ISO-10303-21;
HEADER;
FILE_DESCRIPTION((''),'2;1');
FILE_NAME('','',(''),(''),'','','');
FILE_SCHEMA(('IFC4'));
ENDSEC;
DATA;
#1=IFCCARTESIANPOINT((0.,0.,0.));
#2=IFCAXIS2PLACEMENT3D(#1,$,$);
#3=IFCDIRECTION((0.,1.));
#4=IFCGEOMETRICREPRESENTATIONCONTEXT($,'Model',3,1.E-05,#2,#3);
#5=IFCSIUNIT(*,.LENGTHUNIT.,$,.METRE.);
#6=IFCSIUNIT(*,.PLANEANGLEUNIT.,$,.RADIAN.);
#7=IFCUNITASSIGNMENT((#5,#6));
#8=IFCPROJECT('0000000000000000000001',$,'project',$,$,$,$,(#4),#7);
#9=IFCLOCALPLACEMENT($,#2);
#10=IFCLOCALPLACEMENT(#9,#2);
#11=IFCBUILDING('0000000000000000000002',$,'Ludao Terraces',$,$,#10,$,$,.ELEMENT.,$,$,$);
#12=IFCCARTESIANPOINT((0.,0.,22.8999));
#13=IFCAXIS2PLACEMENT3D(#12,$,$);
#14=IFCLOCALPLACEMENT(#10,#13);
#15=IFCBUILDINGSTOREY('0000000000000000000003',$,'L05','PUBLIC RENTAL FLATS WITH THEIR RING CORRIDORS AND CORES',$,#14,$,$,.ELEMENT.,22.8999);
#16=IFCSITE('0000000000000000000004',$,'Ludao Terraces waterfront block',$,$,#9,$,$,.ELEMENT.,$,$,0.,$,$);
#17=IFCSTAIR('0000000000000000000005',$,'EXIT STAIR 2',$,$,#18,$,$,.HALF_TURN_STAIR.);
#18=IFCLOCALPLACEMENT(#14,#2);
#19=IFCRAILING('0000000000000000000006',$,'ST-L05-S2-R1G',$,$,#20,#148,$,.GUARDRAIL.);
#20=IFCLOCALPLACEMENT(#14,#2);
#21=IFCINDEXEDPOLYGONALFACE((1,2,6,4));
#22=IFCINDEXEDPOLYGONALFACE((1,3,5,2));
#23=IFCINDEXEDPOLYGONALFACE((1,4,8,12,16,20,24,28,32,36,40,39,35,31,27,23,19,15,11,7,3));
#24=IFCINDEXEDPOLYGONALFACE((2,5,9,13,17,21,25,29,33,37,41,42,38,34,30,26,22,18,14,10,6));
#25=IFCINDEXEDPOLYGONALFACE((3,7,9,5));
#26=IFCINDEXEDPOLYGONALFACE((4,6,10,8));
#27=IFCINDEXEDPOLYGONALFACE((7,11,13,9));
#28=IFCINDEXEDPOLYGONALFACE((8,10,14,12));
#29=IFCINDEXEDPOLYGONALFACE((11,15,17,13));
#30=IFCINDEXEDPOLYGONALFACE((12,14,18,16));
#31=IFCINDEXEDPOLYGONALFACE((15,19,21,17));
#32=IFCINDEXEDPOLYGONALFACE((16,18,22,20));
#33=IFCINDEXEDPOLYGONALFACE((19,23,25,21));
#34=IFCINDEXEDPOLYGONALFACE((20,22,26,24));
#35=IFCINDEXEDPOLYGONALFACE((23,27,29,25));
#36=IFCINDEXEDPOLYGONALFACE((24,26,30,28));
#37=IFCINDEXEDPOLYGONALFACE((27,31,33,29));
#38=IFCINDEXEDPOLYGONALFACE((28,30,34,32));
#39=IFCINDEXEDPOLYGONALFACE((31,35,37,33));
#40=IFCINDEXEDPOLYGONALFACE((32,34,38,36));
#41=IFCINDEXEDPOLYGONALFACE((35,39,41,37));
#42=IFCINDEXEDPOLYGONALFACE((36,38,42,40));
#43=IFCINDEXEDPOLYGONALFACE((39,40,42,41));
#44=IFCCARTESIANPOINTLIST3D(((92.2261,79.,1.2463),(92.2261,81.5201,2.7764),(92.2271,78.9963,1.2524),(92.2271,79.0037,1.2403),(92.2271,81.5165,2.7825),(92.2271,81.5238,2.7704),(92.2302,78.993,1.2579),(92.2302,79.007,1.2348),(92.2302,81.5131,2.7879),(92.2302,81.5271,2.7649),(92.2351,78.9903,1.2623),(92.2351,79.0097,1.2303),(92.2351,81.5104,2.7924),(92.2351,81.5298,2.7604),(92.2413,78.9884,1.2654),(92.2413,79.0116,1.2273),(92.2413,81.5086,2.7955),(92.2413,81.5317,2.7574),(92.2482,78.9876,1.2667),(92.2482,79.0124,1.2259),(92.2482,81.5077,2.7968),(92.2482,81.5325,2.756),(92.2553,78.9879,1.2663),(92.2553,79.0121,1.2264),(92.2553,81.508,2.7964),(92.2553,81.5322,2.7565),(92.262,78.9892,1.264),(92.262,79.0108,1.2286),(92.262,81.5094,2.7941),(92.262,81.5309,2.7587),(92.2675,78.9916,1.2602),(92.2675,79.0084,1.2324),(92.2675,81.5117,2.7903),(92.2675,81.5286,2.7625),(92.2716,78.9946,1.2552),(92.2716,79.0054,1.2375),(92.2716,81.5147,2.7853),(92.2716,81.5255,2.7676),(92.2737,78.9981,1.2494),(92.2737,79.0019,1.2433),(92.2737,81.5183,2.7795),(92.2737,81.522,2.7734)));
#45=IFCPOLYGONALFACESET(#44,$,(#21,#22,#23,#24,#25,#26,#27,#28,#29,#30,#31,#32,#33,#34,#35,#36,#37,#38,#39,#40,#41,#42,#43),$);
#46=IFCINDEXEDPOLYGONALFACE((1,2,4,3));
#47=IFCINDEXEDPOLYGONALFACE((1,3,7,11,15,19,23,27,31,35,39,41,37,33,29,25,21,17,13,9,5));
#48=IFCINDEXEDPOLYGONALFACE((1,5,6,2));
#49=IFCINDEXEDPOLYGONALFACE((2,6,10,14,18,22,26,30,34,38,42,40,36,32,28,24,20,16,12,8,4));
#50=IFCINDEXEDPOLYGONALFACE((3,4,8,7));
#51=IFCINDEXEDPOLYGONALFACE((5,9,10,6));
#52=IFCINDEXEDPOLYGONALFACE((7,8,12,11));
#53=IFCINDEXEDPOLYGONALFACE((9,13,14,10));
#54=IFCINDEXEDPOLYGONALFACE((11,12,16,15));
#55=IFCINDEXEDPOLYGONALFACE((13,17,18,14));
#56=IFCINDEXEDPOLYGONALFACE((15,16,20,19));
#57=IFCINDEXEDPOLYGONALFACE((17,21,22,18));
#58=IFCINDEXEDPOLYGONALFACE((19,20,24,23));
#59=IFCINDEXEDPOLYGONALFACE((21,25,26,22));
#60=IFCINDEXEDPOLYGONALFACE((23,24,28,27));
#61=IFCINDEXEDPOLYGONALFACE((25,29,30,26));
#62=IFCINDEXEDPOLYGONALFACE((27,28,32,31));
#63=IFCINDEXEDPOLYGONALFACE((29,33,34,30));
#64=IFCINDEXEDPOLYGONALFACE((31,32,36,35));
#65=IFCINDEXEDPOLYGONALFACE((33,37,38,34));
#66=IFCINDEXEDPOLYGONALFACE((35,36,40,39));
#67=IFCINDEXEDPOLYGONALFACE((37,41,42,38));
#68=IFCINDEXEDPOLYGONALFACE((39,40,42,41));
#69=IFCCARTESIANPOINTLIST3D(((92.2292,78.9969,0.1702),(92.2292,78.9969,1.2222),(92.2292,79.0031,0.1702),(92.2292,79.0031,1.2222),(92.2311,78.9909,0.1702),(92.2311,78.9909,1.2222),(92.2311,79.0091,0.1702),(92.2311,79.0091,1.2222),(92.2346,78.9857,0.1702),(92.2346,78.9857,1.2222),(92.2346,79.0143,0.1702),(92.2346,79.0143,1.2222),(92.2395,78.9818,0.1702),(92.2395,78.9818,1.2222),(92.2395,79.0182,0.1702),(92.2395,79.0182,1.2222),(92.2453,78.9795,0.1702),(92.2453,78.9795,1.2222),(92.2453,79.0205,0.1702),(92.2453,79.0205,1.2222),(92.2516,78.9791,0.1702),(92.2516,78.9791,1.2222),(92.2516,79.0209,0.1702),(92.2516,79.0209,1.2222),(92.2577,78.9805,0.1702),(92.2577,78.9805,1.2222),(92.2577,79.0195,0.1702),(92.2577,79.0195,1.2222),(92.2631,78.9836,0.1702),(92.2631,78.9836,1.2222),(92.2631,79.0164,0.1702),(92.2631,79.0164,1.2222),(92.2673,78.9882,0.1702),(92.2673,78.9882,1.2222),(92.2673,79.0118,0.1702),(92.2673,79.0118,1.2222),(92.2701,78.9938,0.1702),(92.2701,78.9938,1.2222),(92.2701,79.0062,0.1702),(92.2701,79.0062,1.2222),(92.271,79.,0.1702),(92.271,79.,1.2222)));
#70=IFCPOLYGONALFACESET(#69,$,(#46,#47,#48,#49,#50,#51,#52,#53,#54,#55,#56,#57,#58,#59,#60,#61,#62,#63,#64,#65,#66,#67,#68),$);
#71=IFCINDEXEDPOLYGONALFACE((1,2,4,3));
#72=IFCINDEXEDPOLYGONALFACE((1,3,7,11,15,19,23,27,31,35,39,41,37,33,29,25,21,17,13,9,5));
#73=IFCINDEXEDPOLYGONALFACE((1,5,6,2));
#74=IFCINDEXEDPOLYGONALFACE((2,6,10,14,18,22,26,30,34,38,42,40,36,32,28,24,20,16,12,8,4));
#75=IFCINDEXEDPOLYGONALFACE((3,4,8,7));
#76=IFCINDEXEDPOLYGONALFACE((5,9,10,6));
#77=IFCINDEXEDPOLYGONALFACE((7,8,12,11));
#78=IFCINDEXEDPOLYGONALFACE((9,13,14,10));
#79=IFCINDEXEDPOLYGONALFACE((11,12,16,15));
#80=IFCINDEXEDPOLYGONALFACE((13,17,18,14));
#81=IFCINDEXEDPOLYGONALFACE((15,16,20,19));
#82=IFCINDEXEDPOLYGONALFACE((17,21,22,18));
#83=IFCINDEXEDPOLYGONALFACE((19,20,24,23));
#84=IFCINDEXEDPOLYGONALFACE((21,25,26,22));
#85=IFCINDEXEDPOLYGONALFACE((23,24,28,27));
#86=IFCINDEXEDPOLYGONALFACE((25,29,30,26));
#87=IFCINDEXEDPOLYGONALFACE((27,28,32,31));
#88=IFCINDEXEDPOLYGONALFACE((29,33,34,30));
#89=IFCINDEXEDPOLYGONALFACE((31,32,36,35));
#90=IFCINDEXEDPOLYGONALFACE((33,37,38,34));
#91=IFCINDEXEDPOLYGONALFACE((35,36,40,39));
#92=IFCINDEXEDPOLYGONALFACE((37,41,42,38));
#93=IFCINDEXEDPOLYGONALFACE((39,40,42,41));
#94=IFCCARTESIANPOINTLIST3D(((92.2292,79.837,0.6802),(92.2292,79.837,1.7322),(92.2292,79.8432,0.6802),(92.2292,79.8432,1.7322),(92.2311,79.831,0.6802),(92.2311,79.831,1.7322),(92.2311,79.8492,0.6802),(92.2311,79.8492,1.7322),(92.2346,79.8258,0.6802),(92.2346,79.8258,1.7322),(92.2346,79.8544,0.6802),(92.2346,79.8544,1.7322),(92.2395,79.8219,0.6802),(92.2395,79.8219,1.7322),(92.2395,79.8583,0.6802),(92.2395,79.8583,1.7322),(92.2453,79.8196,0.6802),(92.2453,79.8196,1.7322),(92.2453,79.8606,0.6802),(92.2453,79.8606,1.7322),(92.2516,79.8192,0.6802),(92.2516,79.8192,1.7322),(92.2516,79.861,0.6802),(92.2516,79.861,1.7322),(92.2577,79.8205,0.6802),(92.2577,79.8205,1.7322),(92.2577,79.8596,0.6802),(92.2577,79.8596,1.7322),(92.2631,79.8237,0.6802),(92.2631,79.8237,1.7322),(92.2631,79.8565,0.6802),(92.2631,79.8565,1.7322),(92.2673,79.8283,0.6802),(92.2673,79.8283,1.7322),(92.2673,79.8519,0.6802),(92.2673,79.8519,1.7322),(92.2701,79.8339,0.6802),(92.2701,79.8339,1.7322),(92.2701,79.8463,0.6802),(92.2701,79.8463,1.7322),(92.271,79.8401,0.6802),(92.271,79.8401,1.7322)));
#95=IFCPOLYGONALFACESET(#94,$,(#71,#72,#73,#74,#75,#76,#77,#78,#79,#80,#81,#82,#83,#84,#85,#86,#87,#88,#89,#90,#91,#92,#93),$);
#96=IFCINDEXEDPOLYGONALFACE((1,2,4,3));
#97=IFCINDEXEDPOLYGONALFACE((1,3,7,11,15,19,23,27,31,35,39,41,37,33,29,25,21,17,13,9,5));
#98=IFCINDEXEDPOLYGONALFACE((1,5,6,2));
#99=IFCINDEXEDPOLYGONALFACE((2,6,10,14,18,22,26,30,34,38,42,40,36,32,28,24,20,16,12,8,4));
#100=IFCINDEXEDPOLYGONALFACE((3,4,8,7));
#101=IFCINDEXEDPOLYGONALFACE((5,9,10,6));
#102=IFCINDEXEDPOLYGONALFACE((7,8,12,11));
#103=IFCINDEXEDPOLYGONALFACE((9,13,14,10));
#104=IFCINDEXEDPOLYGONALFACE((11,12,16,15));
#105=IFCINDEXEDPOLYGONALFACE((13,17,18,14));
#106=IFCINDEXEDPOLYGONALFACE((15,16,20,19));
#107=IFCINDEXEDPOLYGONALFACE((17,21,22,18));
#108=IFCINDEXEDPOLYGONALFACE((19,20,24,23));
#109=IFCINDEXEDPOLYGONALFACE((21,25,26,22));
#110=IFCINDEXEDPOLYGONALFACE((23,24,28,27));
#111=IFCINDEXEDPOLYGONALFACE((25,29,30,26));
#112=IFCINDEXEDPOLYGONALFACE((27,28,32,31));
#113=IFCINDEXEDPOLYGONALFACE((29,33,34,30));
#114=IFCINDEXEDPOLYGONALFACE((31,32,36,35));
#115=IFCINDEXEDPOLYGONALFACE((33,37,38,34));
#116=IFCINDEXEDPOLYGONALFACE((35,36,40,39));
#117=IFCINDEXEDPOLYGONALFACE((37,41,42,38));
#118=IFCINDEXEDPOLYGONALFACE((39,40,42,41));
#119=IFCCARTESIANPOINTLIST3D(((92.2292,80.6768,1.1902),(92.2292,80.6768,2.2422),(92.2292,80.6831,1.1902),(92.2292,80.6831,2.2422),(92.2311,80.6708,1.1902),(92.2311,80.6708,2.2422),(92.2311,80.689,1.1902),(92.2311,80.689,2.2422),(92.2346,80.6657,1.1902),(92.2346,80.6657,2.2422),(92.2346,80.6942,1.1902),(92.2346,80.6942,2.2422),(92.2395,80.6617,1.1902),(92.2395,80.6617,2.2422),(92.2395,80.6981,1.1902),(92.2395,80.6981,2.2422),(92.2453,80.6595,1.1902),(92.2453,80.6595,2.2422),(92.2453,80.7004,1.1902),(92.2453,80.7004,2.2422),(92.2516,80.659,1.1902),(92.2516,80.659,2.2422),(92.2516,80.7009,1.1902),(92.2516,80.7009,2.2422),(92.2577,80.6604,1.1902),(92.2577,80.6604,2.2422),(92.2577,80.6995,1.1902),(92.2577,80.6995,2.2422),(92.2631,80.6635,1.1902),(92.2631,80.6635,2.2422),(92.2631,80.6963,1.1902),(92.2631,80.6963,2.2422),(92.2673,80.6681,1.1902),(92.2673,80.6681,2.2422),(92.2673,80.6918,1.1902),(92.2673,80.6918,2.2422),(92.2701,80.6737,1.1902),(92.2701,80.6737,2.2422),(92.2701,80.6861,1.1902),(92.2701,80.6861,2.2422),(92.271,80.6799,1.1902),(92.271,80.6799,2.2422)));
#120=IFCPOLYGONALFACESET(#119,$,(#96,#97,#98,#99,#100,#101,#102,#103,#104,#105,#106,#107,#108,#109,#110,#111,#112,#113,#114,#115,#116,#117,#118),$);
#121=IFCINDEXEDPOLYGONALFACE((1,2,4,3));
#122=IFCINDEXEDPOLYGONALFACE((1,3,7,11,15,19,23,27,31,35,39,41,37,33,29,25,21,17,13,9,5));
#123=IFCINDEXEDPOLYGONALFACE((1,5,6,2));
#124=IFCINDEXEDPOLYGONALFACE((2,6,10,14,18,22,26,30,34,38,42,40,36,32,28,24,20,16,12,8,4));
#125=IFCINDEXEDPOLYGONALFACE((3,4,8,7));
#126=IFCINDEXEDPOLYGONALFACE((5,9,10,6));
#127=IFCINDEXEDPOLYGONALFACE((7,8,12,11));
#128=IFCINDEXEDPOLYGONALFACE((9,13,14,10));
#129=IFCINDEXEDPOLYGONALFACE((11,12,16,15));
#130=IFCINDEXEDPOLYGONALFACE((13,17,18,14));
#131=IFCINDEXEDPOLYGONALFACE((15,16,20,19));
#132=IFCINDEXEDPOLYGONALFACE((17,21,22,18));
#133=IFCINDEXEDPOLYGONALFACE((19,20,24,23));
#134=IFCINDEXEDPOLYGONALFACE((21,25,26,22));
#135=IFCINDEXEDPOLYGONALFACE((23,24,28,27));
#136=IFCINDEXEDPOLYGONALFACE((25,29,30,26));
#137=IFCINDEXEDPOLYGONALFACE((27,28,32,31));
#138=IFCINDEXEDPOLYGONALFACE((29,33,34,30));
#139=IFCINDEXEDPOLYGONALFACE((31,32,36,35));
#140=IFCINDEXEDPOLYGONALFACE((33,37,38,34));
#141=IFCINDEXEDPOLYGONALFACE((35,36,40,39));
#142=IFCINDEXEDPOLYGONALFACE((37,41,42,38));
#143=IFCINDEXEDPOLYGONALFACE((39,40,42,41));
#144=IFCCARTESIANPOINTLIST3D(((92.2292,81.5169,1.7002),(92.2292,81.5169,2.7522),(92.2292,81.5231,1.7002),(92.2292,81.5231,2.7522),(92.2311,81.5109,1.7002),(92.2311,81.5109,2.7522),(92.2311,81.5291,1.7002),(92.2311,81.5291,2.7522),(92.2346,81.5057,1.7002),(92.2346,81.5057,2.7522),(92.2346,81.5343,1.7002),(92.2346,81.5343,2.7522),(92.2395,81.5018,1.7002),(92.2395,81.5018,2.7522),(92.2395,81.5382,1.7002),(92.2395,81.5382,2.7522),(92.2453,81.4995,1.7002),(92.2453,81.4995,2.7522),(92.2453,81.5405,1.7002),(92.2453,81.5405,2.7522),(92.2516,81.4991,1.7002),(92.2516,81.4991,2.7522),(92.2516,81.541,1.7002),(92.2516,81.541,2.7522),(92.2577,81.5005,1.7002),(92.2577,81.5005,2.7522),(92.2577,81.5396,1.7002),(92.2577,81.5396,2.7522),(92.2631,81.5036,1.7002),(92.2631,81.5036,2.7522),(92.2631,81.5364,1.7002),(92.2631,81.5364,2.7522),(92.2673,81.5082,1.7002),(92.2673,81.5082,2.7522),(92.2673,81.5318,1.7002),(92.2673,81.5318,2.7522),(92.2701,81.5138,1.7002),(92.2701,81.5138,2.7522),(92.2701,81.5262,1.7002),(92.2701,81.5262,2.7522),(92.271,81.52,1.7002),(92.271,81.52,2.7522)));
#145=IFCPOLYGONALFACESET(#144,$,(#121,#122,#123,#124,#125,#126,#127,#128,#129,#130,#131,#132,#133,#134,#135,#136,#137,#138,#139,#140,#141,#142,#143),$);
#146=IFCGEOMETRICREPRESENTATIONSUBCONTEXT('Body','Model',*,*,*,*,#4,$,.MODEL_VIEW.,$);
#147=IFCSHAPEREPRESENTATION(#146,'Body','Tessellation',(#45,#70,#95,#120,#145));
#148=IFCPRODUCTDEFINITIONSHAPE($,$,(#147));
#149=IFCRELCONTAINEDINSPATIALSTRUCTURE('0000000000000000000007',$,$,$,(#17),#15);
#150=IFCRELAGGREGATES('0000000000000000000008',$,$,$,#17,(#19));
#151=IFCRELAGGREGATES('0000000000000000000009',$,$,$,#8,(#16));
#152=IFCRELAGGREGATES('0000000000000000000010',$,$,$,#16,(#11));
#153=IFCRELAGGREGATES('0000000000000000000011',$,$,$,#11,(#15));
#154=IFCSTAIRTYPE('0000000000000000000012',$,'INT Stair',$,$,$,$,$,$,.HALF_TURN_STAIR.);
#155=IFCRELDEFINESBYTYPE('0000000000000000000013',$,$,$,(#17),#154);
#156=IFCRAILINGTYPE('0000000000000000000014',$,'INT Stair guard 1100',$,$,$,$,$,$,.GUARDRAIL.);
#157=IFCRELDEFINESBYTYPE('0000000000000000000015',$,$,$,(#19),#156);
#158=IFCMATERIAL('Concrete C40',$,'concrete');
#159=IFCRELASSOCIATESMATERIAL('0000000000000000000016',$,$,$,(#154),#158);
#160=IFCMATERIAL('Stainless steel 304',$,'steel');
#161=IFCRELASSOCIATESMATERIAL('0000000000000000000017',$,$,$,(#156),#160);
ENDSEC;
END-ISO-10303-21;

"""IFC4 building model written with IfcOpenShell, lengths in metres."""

from ifc_helpers import new_model, si_unit, direction, frame, origin, origin_2d, place, context, subcontext, project, spatial, circle, extrude, material, type_object, element, aggregate, save


model = new_model("IFC4")

# Units and contexts
model_context = context("Model", 3, precision=1e-05, world=origin(), true_north=direction((0.0, 1.0)))
body_context = subcontext(model_context, "Body", "Model", "MODEL_VIEW")
ifc_project = project(units=[si_unit("LENGTHUNIT", "METRE"), si_unit("PLANEANGLEUNIT", "RADIAN")], contexts=[model_context])

# Site, building, storey
site_placement = place(None, origin())
site = spatial("IfcSite", under=ifc_project, at=site_placement, Name="Ludao Terraces waterfront block", CompositionType="ELEMENT", RefElevation=0.0)
building_placement = place(site_placement, origin())
building = spatial("IfcBuilding", under=site, at=building_placement, Name="Ludao Terraces", CompositionType="ELEMENT")
storey_placement = place(building_placement, frame((0.0, 0.0, 22.8999)))
storey = spatial("IfcBuildingStorey", under=building, at=storey_placement, Name="L05", Description="PUBLIC RENTAL FLATS WITH THEIR RING CORRIDORS AND CORES", CompositionType="ELEMENT", Elevation=22.8999)

# Shared definitions
ifc_material_1 = material(Name="Stainless steel 304", Category="steel")

# Stair, railing
ifc_material_2 = material(Name="Concrete C40", Category="concrete")
stair_type = type_object("IfcStairType", Name="INT Stair", PredefinedType="HALF_TURN_STAIR", material=ifc_material_2)
stair_placement = place(storey_placement, origin())
stair = element("IfcStair", 1, at=stair_placement, inside=storey, type_object=stair_type, Name="EXIT STAIR 2", PredefinedType="HALF_TURN_STAIR")
railing_type_1 = type_object("IfcRailingType", Name="INT Stair guard 1100", PredefinedType="GUARDRAIL", material=ifc_material_1)
railing_1_placement = place(storey_placement, frame((92.25, 79.0, 0.1702)))
railing_1 = element("IfcRailing", 2, at=railing_1_placement, type_object=railing_type_1, Name="ST-L05-S2-R1G", PredefinedType="GUARDRAIL", context=body_context, shape_type="SweptSolid", body=[
    extrude(circle(Radius=0.0239, at=origin_2d()), frame((0.0, 0.0, 1.0762), z_axis=(0.0, 0.854785, 0.518982), x_axis=(-1.0, 0.0, 0.0)), (0.0, 0.0, 1.0), 2.9482),
    extrude(circle(Radius=0.021, at=origin_2d()), origin(), (0.0, 0.0, 1.0), 1.052),
    extrude(circle(Radius=0.021, at=origin_2d()), frame((0.0, 0.8401, 0.51)), (0.0, 0.0, 1.0), 1.052),
    extrude(circle(Radius=0.021, at=origin_2d()), frame((0.0, 1.6799, 1.02)), (0.0, 0.0, 1.0), 1.052),
    extrude(circle(Radius=0.021, at=origin_2d()), frame((0.0, 2.52, 1.53)), (0.0, 0.0, 1.0), 1.052),
])
aggregate(stair, [railing_1])

save(model, "model.ifc")
